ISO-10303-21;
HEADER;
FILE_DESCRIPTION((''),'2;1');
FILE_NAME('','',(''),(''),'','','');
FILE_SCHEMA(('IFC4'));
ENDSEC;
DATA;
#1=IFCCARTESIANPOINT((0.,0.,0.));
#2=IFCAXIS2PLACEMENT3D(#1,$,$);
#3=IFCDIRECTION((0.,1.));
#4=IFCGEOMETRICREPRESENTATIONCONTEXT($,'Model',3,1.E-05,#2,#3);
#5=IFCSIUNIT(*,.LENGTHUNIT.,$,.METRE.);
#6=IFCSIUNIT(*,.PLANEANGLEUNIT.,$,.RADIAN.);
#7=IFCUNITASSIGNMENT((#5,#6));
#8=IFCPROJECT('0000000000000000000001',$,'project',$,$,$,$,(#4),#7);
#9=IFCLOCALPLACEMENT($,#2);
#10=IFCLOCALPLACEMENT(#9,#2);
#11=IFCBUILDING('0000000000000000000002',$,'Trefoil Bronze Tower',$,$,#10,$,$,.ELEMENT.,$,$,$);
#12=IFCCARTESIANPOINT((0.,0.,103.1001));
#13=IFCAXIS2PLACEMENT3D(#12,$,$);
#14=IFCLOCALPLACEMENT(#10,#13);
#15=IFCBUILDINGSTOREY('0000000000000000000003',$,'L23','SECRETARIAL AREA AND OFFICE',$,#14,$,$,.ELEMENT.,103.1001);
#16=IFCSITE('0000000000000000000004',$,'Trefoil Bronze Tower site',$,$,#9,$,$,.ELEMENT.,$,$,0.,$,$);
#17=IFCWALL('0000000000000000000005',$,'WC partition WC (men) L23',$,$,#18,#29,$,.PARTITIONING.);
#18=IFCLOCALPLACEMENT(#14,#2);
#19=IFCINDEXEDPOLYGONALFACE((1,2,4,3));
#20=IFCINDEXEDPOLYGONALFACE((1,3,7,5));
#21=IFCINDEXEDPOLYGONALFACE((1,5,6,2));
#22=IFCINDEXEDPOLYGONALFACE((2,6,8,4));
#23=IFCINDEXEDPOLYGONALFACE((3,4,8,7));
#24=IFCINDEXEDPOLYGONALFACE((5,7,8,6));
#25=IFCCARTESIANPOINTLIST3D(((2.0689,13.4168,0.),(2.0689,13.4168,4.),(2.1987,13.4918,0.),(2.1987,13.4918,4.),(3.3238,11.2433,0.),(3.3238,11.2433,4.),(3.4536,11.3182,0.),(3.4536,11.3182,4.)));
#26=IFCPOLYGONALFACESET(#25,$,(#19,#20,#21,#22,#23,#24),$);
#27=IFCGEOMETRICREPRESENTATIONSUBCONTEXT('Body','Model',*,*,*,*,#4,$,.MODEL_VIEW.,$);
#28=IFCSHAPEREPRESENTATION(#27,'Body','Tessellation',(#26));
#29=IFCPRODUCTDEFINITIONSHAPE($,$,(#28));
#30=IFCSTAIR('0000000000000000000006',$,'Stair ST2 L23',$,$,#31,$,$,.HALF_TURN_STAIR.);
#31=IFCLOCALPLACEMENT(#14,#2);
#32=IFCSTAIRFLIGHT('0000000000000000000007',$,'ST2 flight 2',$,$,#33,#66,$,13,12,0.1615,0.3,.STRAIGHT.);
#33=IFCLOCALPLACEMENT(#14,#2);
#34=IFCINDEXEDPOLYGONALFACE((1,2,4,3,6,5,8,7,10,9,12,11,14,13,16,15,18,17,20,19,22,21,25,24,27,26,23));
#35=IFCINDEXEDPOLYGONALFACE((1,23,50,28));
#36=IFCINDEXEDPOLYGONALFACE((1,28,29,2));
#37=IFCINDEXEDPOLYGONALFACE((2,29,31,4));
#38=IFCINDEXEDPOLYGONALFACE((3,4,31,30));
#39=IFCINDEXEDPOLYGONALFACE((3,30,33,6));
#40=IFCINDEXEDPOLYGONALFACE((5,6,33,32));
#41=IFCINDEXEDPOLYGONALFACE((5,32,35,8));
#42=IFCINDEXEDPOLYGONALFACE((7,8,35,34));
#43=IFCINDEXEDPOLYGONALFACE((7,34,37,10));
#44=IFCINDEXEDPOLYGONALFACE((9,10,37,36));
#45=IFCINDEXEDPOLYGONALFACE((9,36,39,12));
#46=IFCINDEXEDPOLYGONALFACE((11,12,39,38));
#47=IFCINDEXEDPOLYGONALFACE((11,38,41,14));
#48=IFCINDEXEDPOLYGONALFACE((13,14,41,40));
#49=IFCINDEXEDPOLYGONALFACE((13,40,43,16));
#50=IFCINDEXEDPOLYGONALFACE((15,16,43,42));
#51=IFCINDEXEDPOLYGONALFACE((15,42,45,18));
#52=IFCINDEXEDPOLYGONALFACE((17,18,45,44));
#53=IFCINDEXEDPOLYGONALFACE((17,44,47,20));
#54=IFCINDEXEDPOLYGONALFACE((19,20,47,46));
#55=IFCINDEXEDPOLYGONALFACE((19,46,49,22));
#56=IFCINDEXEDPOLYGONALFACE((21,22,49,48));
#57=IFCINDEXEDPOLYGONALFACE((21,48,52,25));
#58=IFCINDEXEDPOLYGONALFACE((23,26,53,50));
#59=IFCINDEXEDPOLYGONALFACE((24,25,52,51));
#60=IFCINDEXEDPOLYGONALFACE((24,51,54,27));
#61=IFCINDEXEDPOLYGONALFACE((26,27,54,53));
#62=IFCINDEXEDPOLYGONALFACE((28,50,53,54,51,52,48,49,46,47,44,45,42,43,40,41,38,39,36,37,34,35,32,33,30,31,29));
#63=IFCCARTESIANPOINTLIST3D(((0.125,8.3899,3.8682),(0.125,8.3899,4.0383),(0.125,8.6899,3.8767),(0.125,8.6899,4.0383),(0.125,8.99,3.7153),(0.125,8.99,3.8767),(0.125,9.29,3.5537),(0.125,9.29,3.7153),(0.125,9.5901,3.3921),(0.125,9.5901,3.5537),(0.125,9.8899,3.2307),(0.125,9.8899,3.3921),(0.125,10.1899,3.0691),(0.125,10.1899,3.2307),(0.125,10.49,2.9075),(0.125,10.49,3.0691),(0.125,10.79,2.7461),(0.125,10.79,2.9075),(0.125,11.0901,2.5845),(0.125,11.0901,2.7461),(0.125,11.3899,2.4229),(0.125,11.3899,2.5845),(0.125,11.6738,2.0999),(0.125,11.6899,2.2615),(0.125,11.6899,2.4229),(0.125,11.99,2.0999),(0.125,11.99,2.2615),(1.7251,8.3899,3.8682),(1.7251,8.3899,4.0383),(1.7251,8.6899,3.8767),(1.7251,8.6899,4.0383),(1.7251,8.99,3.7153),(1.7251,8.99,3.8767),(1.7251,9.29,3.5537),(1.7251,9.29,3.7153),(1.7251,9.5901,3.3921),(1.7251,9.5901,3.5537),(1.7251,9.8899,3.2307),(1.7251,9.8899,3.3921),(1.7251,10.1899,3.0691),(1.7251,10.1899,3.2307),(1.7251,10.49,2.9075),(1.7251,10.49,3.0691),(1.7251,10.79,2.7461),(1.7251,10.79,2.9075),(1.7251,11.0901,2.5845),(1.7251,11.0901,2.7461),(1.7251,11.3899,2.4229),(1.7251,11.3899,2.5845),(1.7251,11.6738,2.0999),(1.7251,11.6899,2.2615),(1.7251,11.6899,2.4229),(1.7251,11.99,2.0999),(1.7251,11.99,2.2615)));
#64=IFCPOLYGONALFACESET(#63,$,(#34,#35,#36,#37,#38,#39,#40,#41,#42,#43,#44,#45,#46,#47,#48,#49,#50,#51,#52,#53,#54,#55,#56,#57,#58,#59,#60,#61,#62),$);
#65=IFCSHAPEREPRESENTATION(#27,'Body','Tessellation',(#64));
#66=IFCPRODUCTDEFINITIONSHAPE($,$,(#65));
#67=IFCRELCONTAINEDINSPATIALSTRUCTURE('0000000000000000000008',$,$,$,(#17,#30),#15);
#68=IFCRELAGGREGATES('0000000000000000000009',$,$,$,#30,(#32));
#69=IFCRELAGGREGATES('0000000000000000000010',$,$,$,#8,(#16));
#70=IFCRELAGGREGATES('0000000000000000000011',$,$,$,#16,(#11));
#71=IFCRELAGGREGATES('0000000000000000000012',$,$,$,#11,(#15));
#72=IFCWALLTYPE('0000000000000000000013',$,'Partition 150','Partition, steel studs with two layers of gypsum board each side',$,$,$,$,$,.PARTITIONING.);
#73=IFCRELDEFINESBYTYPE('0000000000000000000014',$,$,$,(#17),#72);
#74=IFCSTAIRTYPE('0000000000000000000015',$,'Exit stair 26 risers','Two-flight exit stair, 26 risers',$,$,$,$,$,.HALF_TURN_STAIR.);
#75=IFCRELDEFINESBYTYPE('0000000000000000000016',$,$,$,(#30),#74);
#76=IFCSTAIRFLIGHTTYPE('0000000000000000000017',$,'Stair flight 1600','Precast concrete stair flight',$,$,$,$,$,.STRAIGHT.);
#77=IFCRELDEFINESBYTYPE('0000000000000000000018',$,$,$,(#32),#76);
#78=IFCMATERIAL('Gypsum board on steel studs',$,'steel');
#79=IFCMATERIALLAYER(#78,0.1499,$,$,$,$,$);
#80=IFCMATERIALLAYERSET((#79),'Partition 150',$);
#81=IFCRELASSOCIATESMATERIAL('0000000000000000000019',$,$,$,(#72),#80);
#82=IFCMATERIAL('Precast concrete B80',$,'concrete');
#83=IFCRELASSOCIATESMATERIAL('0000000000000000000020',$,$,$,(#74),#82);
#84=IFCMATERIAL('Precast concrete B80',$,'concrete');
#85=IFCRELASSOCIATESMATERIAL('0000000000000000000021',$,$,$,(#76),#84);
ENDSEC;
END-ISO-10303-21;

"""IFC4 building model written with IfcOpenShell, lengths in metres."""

from ifc_helpers import new_model, si_unit, direction, frame, frame_2d, origin, place, context, subcontext, project, spatial, polyline, rectangle, outline, extrude, material, layer, layer_set, type_object, element, aggregate, save


model = new_model("IFC4")

# Units and contexts
model_context = context("Model", 3, precision=1e-05, world=origin(), true_north=direction((0.0, 1.0)))
body_context = subcontext(model_context, "Body", "Model", "MODEL_VIEW")
ifc_project = project(units=[si_unit("LENGTHUNIT", "METRE"), si_unit("PLANEANGLEUNIT", "RADIAN")], contexts=[model_context])

# Site, building, storey
site_placement = place(None, origin())
site = spatial("IfcSite", under=ifc_project, at=site_placement, Name="Trefoil Bronze Tower site", CompositionType="ELEMENT", RefElevation=0.0)
building_placement = place(site_placement, origin())
building = spatial("IfcBuilding", under=site, at=building_placement, Name="Trefoil Bronze Tower", CompositionType="ELEMENT")
storey_placement = place(building_placement, frame((0.0, 0.0, 103.1001)))
storey = spatial("IfcBuildingStorey", under=building, at=storey_placement, Name="L23", Description="SECRETARIAL AREA AND OFFICE", CompositionType="ELEMENT", Elevation=103.1001)

# Wall
ifc_material_1 = material(Name="Gypsum board on steel studs", Category="steel")
ifc_layer_1 = layer(ifc_material_1, 0.1499)
ifc_layer_set_1 = layer_set([ifc_layer_1], Name="Partition 150")
wall_type_1 = type_object("IfcWallType", Name="Partition 150", Description="Partition, steel studs with two layers of gypsum board each side", PredefinedType="PARTITIONING", material=ifc_layer_set_1)
wall_1_placement = place(storey_placement, frame((3.3887, 11.2808, 0.0), z_axis=(0.0, 0.0, 1.0), x_axis=(-0.499989, 0.866032, 0.0)))
element("IfcWall", 1, at=wall_1_placement, inside=storey, type_object=wall_type_1, Name="WC partition WC (men) L23", PredefinedType="PARTITIONING", context=body_context, shape_type="SweptSolid", body=[
    extrude(rectangle(XDim=2.5098, YDim=0.1499, at=frame_2d((1.2549, 0.0))), origin(), (0.0, 0.0, 1.0), 4.0),
])

# Stair, stair flight
ifc_material_2 = material(Name="Precast concrete B80", Category="concrete")
stair_type = type_object("IfcStairType", Name="Exit stair 26 risers", Description="Two-flight exit stair, 26 risers", PredefinedType="HALF_TURN_STAIR", material=ifc_material_2)
stair_placement = place(storey_placement, origin())
stair = element("IfcStair", 2, at=stair_placement, inside=storey, type_object=stair_type, Name="Stair ST2 L23", PredefinedType="HALF_TURN_STAIR")
ifc_material_3 = material(Name="Precast concrete B80", Category="concrete")
stair_flight_type = type_object("IfcStairFlightType", Name="Stair flight 1600", Description="Precast concrete stair flight", PredefinedType="STRAIGHT", material=ifc_material_3)
stair_flight_placement = place(storey_placement, frame((0.925, 11.99, 2.0999), z_axis=(0.0, 0.0, 1.0), x_axis=(0.0, -1.0, 0.0)))
stair_flight = element("IfcStairFlight", 3, at=stair_flight_placement, type_object=stair_flight_type, Name="ST2 flight 2", NumberOfRisers=13, NumberOfTreads=12, PredefinedType="STRAIGHT", RiserHeight=0.1615, TreadLength=0.3, context=body_context, shape_type="SweptSolid", body=[
    extrude(outline(polyline([(0.0, 0.0), (0.0, 0.1616), (0.3, 0.1616), (0.3, 0.323), (0.6001, 0.323), (0.6001, 0.4846), (0.8999, 0.4846), (0.8999, 0.6462), (1.2, 0.6462), (1.2, 0.8076), (1.5, 0.8076), (1.5, 0.9692), (1.8, 0.9692), (1.8, 1.1309), (2.1001, 1.1309), (2.1001, 1.2922), (2.3999, 1.2922), (2.3999, 1.4539), (2.7, 1.4539), (2.7, 1.6155), (3.0, 1.6155), (3.0, 1.7769), (3.3, 1.7769), (3.3, 1.9385), (3.6001, 1.9385), (3.6001, 2.1001), (3.6001, 1.7683), (0.3162, 0.0), (0.0, 0.0)])), frame((0.0, 0.8, 0.0), z_axis=(0.0, -1.0, 0.0), x_axis=(1.0, 0.0, 0.0)), (0.0, 0.0, 1.0), 1.6001),
])
aggregate(stair, [stair_flight])

save(model, "model.ifc")
